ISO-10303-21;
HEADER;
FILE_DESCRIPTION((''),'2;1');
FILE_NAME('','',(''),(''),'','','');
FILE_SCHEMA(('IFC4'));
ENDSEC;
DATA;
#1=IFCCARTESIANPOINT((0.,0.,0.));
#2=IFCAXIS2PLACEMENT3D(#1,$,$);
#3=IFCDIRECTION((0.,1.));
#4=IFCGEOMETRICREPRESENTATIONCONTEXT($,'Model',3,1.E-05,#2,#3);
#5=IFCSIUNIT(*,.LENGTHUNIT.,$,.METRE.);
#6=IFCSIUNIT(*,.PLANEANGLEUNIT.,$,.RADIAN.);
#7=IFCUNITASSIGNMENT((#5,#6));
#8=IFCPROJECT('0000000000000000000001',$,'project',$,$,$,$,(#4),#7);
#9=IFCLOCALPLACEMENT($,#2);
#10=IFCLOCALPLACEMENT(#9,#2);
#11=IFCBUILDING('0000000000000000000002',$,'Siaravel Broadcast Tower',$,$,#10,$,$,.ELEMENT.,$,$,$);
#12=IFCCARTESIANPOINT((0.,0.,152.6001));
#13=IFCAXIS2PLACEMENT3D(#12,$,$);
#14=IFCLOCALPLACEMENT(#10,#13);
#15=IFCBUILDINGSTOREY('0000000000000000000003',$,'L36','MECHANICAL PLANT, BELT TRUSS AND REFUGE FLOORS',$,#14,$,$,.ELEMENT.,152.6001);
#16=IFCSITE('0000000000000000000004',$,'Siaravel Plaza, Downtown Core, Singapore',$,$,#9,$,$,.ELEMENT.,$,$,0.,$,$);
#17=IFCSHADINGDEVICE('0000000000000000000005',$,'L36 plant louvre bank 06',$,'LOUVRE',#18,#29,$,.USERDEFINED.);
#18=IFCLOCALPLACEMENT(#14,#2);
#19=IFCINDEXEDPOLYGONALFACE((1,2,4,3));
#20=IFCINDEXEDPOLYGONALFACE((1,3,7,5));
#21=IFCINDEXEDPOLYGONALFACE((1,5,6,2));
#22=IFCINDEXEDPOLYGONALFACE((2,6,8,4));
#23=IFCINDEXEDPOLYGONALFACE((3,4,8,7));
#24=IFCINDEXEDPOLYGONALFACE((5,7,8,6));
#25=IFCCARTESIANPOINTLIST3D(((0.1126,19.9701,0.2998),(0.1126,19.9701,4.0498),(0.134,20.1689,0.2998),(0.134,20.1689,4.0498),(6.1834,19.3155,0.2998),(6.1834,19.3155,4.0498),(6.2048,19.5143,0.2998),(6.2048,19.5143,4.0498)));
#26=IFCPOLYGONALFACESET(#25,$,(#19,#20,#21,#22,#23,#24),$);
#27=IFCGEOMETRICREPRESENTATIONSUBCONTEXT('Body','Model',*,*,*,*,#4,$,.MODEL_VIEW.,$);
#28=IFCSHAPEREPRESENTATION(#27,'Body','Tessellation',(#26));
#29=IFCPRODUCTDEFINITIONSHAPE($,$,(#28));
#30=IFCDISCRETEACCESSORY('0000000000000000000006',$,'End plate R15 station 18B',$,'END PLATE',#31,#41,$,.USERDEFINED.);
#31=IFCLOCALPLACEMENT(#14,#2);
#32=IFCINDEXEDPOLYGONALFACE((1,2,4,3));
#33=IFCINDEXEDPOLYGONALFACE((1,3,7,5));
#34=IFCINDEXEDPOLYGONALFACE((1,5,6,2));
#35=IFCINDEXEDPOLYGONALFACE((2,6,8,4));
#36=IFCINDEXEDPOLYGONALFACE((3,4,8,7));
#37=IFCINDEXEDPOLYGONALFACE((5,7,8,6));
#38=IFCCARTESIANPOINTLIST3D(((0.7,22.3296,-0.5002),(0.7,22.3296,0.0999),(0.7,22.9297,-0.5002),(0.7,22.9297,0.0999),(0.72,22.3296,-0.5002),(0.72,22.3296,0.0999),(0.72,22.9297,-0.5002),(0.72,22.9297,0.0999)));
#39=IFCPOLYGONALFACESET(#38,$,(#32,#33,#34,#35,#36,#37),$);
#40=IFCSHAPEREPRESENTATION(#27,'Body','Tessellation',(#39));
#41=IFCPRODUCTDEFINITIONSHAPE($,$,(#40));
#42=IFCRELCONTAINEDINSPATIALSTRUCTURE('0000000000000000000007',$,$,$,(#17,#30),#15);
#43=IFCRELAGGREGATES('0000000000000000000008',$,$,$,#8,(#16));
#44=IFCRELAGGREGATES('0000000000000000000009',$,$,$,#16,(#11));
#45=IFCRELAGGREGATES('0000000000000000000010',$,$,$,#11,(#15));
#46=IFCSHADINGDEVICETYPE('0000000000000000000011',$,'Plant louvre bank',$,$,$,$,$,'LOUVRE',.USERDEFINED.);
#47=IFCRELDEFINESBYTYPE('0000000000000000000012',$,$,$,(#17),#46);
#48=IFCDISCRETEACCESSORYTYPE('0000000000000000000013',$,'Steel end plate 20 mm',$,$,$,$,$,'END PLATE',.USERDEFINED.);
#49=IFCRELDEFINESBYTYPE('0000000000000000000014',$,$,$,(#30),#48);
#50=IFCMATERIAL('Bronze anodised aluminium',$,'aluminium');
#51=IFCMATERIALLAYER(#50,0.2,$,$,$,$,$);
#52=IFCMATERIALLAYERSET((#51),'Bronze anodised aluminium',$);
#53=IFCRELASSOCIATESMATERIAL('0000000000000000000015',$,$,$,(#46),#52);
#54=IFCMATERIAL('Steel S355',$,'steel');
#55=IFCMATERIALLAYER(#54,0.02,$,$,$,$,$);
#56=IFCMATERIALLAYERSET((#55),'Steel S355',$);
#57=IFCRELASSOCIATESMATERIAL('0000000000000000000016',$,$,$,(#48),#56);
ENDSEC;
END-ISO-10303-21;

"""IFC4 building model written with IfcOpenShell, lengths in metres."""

from ifc_helpers import new_model, si_unit, direction, frame, origin, origin_2d, place, context, subcontext, project, spatial, rectangle, extrude, material, layer, layer_set, type_object, element, save


model = new_model("IFC4")

# Units and contexts
model_context = context("Model", 3, precision=1e-05, world=origin(), true_north=direction((0.0, 1.0)))
body_context = subcontext(model_context, "Body", "Model", "MODEL_VIEW")
ifc_project = project(units=[si_unit("LENGTHUNIT", "METRE"), si_unit("PLANEANGLEUNIT", "RADIAN")], contexts=[model_context])

# Site, building, storey
site_placement = place(None, origin())
site = spatial("IfcSite", under=ifc_project, at=site_placement, Name="Siaravel Plaza, Downtown Core, Singapore", CompositionType="ELEMENT", RefElevation=0.0)
building_placement = place(site_placement, origin())
building = spatial("IfcBuilding", under=site, at=building_placement, Name="Siaravel Broadcast Tower", CompositionType="ELEMENT")
storey_placement = place(building_placement, frame((0.0, 0.0, 152.6001)))
storey = spatial("IfcBuildingStorey", under=building, at=storey_placement, Name="L36", Description="MECHANICAL PLANT, BELT TRUSS AND REFUGE FLOORS", CompositionType="ELEMENT", Elevation=152.6001)

# Shared definitions
ifc_material_1 = material(Name="Steel S355", Category="steel")

# Shading device
ifc_material_2 = material(Name="Bronze anodised aluminium", Category="aluminium")
ifc_layer_1 = layer(ifc_material_2, 0.2)
ifc_layer_set_1 = layer_set([ifc_layer_1], Name="Bronze anodised aluminium")
shading_device_type = type_object("IfcShadingDeviceType", Name="Plant louvre bank", ElementType="LOUVRE", PredefinedType="USERDEFINED", material=ifc_layer_set_1)
shading_device_1_placement = place(storey_placement, frame((3.1587, 19.7422, 0.2998), z_axis=(0.0, 0.0, 1.0), x_axis=(-0.994236, 0.107217, 0.0)))
element("IfcShadingDevice", 1, at=shading_device_1_placement, inside=storey, type_object=shading_device_type, Name="L36 plant louvre bank 06", ObjectType="LOUVRE", PredefinedType="USERDEFINED", context=body_context, shape_type="SweptSolid", body=[
    extrude(rectangle(XDim=6.106, YDim=0.2, at=origin_2d()), origin(), (0.0, 0.0, 1.0), 3.75),
])

# Discrete accessory
ifc_layer_2 = layer(ifc_material_1, 0.02)
ifc_layer_set_2 = layer_set([ifc_layer_2], Name="Steel S355")
discrete_accessory_type = type_object("IfcDiscreteAccessoryType", Name="Steel end plate 20 mm", ElementType="END PLATE", PredefinedType="USERDEFINED", material=ifc_layer_set_2)
discrete_accessory_placement = place(storey_placement, frame((0.71, 22.6296, -0.5002), z_axis=(0.0, 0.0, 1.0), x_axis=(-1.0, 0.0, 0.0)))
element("IfcDiscreteAccessory", 2, at=discrete_accessory_placement, inside=storey, type_object=discrete_accessory_type, Name="End plate R15 station 18B", ObjectType="END PLATE", PredefinedType="USERDEFINED", context=body_context, shape_type="SweptSolid", body=[
    extrude(rectangle(XDim=0.02, YDim=0.6001, at=origin_2d()), origin(), (0.0, 0.0, 1.0), 0.6001),
])

save(model, "model.ifc")
